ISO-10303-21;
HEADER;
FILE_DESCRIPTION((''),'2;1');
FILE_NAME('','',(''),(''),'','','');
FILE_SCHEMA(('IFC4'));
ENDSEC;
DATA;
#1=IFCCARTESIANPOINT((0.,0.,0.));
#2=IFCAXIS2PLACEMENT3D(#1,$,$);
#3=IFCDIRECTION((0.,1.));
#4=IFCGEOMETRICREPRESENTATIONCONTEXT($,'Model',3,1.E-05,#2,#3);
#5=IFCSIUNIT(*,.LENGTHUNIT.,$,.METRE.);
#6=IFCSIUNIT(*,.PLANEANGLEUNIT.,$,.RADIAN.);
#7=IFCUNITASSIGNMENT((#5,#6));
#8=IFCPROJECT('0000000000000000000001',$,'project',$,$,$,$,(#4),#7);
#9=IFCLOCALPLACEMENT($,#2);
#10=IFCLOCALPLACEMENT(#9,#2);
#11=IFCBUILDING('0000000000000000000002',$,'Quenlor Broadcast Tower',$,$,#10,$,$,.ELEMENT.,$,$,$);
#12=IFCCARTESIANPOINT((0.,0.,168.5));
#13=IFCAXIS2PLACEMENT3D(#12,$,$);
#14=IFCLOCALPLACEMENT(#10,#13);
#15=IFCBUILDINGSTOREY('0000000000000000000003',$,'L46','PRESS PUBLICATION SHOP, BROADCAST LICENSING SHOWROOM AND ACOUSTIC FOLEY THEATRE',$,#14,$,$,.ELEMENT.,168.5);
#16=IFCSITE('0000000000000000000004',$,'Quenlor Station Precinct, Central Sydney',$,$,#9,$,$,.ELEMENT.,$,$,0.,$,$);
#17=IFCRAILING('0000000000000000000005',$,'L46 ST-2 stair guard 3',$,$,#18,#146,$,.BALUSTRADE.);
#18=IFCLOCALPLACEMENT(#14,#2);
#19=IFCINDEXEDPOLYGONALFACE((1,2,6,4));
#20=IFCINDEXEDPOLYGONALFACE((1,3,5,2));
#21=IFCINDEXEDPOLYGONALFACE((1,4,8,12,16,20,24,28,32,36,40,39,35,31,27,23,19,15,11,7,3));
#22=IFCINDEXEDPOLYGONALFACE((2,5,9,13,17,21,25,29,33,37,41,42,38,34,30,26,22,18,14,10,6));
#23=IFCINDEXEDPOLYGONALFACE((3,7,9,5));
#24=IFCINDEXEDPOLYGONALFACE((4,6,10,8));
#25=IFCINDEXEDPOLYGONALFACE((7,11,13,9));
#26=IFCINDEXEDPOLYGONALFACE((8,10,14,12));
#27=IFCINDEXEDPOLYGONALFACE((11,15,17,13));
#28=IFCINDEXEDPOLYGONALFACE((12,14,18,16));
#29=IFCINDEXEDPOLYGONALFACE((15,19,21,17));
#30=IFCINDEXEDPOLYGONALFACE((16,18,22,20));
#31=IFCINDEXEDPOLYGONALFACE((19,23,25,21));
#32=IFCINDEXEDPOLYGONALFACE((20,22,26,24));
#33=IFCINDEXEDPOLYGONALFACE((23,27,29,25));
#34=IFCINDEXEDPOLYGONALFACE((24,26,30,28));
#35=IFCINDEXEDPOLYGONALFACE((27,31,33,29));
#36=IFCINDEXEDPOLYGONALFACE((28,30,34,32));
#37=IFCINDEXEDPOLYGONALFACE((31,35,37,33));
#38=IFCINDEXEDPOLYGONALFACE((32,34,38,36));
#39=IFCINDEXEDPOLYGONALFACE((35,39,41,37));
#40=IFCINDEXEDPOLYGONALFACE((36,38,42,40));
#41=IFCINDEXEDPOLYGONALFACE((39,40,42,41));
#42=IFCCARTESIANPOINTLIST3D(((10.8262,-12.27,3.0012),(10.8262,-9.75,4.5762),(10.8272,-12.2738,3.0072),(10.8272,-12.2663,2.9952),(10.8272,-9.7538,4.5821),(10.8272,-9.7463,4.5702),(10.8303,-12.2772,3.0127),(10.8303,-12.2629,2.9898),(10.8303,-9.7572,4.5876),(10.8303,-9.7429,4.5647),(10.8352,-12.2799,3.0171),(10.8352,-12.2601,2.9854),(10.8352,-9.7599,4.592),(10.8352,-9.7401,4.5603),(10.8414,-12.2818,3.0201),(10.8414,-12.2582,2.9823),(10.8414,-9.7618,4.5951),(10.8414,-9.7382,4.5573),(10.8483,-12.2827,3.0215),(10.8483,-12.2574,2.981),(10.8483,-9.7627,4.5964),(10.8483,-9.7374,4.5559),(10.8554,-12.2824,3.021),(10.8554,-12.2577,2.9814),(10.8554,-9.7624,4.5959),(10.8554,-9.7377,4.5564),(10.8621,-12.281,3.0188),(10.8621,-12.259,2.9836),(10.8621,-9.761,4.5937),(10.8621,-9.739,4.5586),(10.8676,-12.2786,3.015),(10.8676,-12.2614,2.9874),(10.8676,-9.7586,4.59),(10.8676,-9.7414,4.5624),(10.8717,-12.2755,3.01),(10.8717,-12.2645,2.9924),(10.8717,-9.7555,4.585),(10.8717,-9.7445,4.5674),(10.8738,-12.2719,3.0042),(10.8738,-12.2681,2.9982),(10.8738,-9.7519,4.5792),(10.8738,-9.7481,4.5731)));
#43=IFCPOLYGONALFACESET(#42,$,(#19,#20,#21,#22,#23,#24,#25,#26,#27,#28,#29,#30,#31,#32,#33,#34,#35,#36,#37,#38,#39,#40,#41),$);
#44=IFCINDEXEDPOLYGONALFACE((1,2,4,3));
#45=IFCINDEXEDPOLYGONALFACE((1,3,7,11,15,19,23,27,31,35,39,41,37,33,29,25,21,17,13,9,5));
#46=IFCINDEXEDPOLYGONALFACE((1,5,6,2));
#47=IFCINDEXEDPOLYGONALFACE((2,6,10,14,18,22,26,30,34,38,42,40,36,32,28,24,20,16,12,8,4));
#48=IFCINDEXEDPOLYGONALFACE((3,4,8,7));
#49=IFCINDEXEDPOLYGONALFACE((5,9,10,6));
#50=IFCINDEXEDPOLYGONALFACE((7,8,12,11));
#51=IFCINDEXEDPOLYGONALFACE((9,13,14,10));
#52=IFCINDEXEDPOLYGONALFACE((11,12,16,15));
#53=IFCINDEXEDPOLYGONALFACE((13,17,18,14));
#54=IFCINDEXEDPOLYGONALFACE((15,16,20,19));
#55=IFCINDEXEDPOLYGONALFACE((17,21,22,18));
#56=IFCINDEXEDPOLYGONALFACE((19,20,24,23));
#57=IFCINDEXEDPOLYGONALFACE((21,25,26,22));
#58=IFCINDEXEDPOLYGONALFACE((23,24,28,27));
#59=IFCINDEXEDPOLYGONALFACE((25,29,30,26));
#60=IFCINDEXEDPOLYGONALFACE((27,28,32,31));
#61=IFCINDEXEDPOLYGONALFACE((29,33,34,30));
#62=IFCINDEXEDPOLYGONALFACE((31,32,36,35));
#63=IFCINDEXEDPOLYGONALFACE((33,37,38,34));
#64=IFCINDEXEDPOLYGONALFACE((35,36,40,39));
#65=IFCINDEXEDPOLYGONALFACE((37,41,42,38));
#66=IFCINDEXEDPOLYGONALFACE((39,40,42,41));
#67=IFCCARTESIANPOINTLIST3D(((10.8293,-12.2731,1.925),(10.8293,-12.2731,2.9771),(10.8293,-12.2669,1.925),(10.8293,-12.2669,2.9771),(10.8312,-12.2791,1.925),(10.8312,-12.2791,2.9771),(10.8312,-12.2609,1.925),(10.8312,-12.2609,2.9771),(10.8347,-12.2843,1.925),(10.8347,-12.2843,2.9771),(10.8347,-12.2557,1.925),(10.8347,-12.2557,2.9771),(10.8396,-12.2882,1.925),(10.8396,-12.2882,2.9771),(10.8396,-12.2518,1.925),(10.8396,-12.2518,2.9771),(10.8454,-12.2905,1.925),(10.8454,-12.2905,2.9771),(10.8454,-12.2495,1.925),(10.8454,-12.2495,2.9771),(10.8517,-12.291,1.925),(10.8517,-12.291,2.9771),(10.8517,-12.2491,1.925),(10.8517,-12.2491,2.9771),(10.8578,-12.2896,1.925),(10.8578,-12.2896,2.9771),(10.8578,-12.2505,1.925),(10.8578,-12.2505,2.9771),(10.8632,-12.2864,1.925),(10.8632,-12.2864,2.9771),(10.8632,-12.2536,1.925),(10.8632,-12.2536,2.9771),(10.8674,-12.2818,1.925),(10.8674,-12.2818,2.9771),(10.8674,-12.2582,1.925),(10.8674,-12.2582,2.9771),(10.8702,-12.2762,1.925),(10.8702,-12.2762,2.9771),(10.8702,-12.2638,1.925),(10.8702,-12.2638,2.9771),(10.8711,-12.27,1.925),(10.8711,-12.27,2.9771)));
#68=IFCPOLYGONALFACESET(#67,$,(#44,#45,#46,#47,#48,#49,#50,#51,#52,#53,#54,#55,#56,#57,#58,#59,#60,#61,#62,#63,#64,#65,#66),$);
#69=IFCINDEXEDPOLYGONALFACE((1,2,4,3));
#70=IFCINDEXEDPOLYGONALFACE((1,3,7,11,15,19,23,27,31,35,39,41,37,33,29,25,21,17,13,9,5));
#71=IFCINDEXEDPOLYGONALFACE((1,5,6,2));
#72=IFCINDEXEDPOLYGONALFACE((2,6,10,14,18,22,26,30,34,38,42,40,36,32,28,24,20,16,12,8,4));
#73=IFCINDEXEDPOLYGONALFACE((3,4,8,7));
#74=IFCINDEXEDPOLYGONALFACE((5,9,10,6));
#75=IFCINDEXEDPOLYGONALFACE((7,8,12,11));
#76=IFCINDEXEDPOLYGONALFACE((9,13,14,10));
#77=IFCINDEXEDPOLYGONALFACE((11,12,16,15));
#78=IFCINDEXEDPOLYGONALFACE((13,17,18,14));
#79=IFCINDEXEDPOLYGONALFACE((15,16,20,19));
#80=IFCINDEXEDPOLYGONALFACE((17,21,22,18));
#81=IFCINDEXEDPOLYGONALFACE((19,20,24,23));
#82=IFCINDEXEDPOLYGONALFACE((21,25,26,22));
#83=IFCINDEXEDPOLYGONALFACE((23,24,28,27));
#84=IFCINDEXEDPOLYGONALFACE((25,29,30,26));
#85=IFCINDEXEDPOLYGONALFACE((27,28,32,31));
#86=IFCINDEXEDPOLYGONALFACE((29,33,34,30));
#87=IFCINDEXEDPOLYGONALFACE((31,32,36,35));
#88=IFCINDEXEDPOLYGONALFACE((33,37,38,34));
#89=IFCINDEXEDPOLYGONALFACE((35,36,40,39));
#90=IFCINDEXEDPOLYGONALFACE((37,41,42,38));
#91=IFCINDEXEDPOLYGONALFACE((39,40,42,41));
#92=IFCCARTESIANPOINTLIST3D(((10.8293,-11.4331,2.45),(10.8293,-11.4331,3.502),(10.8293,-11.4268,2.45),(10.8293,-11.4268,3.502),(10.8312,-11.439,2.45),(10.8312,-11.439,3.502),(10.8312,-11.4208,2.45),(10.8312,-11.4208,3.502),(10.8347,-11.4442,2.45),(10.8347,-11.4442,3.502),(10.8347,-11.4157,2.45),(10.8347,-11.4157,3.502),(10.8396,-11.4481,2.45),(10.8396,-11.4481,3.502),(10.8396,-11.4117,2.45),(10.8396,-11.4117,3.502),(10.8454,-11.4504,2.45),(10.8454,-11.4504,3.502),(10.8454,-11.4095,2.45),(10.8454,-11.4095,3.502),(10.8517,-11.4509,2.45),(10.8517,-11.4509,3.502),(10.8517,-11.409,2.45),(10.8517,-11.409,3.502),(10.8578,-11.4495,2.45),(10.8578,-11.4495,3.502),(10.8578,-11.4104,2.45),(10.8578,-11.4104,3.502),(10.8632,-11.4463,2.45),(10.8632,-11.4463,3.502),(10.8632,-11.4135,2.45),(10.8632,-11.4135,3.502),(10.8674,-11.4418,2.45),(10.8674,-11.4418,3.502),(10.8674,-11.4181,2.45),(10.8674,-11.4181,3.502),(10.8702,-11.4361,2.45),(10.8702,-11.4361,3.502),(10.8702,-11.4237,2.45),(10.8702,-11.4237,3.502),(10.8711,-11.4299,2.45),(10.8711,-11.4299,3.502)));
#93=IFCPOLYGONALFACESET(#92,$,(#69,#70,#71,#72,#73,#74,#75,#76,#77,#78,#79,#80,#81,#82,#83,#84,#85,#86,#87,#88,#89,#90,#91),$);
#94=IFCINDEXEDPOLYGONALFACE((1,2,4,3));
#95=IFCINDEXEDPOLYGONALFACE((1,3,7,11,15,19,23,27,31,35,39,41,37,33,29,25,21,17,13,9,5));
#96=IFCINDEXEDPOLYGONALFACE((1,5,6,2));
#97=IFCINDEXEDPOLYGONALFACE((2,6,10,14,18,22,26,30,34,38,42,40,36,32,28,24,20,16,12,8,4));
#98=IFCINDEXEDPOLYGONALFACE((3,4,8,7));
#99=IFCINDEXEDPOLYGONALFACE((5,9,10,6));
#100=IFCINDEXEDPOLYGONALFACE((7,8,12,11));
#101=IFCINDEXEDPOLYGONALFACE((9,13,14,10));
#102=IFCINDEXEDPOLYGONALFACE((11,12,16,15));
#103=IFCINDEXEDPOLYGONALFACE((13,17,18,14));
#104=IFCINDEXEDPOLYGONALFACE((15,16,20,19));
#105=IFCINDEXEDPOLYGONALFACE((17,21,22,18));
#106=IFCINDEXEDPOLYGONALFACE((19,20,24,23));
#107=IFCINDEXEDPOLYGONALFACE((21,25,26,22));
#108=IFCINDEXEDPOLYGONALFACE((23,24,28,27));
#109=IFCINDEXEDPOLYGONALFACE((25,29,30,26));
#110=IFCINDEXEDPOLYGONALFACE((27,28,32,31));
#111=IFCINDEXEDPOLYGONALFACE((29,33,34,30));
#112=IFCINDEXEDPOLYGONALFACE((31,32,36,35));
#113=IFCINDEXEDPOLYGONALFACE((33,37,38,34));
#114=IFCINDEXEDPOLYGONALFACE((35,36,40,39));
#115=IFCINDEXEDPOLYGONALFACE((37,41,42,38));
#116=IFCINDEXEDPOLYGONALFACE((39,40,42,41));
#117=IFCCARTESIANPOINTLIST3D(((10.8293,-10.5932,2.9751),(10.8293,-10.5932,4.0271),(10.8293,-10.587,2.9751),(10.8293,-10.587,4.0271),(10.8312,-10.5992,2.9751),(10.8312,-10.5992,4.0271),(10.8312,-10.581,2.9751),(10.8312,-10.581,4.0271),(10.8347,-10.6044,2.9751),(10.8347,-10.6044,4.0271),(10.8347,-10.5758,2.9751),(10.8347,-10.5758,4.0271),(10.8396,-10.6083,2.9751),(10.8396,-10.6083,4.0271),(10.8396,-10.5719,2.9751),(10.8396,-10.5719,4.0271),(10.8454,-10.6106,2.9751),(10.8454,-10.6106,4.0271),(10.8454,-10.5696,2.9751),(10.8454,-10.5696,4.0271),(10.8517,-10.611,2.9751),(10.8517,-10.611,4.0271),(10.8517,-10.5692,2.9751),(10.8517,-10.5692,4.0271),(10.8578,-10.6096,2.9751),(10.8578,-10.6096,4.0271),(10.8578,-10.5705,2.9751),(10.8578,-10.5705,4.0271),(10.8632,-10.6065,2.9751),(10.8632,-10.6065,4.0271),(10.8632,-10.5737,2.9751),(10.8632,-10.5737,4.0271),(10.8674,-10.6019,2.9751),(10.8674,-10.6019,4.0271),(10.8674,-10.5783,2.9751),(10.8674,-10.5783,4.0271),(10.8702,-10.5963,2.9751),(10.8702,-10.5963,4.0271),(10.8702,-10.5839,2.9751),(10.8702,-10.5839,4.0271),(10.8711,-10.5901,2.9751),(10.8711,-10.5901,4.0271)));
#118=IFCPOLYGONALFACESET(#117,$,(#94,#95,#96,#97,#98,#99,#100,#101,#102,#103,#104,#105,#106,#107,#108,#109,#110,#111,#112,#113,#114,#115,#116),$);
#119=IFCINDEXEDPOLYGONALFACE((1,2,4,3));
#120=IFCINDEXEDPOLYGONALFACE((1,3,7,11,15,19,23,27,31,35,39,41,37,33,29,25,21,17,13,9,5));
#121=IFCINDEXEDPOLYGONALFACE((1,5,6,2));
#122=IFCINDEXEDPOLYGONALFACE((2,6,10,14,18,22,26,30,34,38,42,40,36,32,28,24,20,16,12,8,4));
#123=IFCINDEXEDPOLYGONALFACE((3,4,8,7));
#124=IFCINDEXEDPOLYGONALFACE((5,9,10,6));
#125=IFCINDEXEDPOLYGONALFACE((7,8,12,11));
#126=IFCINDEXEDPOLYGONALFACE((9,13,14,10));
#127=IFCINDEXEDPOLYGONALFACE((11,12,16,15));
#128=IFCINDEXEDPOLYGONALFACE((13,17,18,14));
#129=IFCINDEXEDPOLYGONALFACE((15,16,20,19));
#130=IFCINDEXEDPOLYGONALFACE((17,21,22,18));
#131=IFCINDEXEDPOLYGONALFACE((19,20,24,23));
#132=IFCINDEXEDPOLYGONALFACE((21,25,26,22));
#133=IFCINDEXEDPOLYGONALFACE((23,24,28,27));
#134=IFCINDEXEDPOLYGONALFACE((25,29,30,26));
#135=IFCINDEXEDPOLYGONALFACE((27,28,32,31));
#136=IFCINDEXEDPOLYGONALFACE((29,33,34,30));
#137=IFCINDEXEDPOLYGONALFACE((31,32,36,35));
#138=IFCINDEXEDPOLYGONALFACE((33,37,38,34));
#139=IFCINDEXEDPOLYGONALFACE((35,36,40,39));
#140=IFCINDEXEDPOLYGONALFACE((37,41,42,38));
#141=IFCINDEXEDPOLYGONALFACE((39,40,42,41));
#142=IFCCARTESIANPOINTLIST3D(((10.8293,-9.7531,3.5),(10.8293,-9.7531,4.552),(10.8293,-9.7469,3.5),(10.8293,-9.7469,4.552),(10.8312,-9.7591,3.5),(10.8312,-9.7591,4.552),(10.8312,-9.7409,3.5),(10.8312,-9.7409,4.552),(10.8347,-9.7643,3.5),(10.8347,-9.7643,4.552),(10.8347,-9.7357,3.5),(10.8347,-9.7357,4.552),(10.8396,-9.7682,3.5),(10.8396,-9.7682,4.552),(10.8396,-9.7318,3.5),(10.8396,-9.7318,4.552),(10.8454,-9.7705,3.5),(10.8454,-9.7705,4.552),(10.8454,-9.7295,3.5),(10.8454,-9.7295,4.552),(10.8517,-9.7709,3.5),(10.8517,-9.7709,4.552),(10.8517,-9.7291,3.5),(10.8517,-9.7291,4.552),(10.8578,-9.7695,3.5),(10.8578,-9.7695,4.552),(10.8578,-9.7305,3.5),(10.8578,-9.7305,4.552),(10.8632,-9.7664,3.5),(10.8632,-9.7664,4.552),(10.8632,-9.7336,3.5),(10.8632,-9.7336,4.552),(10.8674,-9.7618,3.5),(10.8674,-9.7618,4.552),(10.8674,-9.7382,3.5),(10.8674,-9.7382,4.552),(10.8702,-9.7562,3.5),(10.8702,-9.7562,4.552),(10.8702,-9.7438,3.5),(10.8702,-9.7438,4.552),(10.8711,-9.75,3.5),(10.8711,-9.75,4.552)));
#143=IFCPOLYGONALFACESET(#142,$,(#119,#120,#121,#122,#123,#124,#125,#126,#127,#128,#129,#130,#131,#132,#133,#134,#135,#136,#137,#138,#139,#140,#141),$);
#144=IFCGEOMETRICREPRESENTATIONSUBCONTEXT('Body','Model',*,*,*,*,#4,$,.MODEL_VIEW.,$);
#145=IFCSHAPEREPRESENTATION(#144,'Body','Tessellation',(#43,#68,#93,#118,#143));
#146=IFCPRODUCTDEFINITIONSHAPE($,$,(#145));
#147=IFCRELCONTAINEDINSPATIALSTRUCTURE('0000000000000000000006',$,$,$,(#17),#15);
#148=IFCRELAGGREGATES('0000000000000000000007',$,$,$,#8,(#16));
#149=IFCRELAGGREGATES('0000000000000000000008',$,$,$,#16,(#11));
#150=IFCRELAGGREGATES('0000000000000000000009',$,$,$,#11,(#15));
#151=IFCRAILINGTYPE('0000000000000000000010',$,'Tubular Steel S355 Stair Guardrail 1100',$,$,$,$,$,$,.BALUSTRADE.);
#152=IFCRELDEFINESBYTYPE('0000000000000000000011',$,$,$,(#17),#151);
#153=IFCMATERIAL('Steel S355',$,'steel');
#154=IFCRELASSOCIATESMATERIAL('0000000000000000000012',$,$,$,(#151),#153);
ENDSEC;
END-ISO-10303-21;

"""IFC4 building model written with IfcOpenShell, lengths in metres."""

from ifc_helpers import new_model, si_unit, direction, frame, origin, origin_2d, place, context, subcontext, project, spatial, circle, extrude, material, type_object, element, save


model = new_model("IFC4")

# Units and contexts
model_context = context("Model", 3, precision=1e-05, world=origin(), true_north=direction((0.0, 1.0)))
body_context = subcontext(model_context, "Body", "Model", "MODEL_VIEW")
ifc_project = project(units=[si_unit("LENGTHUNIT", "METRE"), si_unit("PLANEANGLEUNIT", "RADIAN")], contexts=[model_context])

# Site, building, storey
site_placement = place(None, origin())
site = spatial("IfcSite", under=ifc_project, at=site_placement, Name="Quenlor Station Precinct, Central Sydney", CompositionType="ELEMENT", RefElevation=0.0)
building_placement = place(site_placement, origin())
building = spatial("IfcBuilding", under=site, at=building_placement, Name="Quenlor Broadcast Tower", CompositionType="ELEMENT")
storey_placement = place(building_placement, frame((0.0, 0.0, 168.5)))
storey = spatial("IfcBuildingStorey", under=building, at=storey_placement, Name="L46", Description="PRESS PUBLICATION SHOP, BROADCAST LICENSING SHOWROOM AND ACOUSTIC FOLEY THEATRE", CompositionType="ELEMENT", Elevation=168.5)

# Railing
ifc_material_1 = material(Name="Steel S355", Category="steel")
railing_type_1 = type_object("IfcRailingType", Name="Tubular Steel S355 Stair Guardrail 1100", PredefinedType="BALUSTRADE", material=ifc_material_1)
railing_1_placement = place(storey_placement, frame((10.8501, -12.27, 1.925)))
element("IfcRailing", 1, at=railing_1_placement, inside=storey, type_object=railing_type_1, Name="L46 ST-2 stair guard 3", PredefinedType="BALUSTRADE", context=body_context, shape_type="SweptSolid", body=[
    extrude(circle(Radius=0.0239, at=origin_2d()), frame((0.0, 0.0, 1.0762), z_axis=(0.0, 0.848008, 0.529984), x_axis=(-1.0, 0.0, 0.0)), (0.0, 0.0, 1.0), 2.9717),
    extrude(circle(Radius=0.021, at=origin_2d()), origin(), (0.0, 0.0, 1.0), 1.052),
    extrude(circle(Radius=0.021, at=origin_2d()), frame((0.0, 0.8401, 0.5249)), (0.0, 0.0, 1.0), 1.052),
    extrude(circle(Radius=0.021, at=origin_2d()), frame((0.0, 1.6799, 1.05)), (0.0, 0.0, 1.0), 1.052),
    extrude(circle(Radius=0.021, at=origin_2d()), frame((0.0, 2.52, 1.575)), (0.0, 0.0, 1.0), 1.052),
])

save(model, "model.ifc")
